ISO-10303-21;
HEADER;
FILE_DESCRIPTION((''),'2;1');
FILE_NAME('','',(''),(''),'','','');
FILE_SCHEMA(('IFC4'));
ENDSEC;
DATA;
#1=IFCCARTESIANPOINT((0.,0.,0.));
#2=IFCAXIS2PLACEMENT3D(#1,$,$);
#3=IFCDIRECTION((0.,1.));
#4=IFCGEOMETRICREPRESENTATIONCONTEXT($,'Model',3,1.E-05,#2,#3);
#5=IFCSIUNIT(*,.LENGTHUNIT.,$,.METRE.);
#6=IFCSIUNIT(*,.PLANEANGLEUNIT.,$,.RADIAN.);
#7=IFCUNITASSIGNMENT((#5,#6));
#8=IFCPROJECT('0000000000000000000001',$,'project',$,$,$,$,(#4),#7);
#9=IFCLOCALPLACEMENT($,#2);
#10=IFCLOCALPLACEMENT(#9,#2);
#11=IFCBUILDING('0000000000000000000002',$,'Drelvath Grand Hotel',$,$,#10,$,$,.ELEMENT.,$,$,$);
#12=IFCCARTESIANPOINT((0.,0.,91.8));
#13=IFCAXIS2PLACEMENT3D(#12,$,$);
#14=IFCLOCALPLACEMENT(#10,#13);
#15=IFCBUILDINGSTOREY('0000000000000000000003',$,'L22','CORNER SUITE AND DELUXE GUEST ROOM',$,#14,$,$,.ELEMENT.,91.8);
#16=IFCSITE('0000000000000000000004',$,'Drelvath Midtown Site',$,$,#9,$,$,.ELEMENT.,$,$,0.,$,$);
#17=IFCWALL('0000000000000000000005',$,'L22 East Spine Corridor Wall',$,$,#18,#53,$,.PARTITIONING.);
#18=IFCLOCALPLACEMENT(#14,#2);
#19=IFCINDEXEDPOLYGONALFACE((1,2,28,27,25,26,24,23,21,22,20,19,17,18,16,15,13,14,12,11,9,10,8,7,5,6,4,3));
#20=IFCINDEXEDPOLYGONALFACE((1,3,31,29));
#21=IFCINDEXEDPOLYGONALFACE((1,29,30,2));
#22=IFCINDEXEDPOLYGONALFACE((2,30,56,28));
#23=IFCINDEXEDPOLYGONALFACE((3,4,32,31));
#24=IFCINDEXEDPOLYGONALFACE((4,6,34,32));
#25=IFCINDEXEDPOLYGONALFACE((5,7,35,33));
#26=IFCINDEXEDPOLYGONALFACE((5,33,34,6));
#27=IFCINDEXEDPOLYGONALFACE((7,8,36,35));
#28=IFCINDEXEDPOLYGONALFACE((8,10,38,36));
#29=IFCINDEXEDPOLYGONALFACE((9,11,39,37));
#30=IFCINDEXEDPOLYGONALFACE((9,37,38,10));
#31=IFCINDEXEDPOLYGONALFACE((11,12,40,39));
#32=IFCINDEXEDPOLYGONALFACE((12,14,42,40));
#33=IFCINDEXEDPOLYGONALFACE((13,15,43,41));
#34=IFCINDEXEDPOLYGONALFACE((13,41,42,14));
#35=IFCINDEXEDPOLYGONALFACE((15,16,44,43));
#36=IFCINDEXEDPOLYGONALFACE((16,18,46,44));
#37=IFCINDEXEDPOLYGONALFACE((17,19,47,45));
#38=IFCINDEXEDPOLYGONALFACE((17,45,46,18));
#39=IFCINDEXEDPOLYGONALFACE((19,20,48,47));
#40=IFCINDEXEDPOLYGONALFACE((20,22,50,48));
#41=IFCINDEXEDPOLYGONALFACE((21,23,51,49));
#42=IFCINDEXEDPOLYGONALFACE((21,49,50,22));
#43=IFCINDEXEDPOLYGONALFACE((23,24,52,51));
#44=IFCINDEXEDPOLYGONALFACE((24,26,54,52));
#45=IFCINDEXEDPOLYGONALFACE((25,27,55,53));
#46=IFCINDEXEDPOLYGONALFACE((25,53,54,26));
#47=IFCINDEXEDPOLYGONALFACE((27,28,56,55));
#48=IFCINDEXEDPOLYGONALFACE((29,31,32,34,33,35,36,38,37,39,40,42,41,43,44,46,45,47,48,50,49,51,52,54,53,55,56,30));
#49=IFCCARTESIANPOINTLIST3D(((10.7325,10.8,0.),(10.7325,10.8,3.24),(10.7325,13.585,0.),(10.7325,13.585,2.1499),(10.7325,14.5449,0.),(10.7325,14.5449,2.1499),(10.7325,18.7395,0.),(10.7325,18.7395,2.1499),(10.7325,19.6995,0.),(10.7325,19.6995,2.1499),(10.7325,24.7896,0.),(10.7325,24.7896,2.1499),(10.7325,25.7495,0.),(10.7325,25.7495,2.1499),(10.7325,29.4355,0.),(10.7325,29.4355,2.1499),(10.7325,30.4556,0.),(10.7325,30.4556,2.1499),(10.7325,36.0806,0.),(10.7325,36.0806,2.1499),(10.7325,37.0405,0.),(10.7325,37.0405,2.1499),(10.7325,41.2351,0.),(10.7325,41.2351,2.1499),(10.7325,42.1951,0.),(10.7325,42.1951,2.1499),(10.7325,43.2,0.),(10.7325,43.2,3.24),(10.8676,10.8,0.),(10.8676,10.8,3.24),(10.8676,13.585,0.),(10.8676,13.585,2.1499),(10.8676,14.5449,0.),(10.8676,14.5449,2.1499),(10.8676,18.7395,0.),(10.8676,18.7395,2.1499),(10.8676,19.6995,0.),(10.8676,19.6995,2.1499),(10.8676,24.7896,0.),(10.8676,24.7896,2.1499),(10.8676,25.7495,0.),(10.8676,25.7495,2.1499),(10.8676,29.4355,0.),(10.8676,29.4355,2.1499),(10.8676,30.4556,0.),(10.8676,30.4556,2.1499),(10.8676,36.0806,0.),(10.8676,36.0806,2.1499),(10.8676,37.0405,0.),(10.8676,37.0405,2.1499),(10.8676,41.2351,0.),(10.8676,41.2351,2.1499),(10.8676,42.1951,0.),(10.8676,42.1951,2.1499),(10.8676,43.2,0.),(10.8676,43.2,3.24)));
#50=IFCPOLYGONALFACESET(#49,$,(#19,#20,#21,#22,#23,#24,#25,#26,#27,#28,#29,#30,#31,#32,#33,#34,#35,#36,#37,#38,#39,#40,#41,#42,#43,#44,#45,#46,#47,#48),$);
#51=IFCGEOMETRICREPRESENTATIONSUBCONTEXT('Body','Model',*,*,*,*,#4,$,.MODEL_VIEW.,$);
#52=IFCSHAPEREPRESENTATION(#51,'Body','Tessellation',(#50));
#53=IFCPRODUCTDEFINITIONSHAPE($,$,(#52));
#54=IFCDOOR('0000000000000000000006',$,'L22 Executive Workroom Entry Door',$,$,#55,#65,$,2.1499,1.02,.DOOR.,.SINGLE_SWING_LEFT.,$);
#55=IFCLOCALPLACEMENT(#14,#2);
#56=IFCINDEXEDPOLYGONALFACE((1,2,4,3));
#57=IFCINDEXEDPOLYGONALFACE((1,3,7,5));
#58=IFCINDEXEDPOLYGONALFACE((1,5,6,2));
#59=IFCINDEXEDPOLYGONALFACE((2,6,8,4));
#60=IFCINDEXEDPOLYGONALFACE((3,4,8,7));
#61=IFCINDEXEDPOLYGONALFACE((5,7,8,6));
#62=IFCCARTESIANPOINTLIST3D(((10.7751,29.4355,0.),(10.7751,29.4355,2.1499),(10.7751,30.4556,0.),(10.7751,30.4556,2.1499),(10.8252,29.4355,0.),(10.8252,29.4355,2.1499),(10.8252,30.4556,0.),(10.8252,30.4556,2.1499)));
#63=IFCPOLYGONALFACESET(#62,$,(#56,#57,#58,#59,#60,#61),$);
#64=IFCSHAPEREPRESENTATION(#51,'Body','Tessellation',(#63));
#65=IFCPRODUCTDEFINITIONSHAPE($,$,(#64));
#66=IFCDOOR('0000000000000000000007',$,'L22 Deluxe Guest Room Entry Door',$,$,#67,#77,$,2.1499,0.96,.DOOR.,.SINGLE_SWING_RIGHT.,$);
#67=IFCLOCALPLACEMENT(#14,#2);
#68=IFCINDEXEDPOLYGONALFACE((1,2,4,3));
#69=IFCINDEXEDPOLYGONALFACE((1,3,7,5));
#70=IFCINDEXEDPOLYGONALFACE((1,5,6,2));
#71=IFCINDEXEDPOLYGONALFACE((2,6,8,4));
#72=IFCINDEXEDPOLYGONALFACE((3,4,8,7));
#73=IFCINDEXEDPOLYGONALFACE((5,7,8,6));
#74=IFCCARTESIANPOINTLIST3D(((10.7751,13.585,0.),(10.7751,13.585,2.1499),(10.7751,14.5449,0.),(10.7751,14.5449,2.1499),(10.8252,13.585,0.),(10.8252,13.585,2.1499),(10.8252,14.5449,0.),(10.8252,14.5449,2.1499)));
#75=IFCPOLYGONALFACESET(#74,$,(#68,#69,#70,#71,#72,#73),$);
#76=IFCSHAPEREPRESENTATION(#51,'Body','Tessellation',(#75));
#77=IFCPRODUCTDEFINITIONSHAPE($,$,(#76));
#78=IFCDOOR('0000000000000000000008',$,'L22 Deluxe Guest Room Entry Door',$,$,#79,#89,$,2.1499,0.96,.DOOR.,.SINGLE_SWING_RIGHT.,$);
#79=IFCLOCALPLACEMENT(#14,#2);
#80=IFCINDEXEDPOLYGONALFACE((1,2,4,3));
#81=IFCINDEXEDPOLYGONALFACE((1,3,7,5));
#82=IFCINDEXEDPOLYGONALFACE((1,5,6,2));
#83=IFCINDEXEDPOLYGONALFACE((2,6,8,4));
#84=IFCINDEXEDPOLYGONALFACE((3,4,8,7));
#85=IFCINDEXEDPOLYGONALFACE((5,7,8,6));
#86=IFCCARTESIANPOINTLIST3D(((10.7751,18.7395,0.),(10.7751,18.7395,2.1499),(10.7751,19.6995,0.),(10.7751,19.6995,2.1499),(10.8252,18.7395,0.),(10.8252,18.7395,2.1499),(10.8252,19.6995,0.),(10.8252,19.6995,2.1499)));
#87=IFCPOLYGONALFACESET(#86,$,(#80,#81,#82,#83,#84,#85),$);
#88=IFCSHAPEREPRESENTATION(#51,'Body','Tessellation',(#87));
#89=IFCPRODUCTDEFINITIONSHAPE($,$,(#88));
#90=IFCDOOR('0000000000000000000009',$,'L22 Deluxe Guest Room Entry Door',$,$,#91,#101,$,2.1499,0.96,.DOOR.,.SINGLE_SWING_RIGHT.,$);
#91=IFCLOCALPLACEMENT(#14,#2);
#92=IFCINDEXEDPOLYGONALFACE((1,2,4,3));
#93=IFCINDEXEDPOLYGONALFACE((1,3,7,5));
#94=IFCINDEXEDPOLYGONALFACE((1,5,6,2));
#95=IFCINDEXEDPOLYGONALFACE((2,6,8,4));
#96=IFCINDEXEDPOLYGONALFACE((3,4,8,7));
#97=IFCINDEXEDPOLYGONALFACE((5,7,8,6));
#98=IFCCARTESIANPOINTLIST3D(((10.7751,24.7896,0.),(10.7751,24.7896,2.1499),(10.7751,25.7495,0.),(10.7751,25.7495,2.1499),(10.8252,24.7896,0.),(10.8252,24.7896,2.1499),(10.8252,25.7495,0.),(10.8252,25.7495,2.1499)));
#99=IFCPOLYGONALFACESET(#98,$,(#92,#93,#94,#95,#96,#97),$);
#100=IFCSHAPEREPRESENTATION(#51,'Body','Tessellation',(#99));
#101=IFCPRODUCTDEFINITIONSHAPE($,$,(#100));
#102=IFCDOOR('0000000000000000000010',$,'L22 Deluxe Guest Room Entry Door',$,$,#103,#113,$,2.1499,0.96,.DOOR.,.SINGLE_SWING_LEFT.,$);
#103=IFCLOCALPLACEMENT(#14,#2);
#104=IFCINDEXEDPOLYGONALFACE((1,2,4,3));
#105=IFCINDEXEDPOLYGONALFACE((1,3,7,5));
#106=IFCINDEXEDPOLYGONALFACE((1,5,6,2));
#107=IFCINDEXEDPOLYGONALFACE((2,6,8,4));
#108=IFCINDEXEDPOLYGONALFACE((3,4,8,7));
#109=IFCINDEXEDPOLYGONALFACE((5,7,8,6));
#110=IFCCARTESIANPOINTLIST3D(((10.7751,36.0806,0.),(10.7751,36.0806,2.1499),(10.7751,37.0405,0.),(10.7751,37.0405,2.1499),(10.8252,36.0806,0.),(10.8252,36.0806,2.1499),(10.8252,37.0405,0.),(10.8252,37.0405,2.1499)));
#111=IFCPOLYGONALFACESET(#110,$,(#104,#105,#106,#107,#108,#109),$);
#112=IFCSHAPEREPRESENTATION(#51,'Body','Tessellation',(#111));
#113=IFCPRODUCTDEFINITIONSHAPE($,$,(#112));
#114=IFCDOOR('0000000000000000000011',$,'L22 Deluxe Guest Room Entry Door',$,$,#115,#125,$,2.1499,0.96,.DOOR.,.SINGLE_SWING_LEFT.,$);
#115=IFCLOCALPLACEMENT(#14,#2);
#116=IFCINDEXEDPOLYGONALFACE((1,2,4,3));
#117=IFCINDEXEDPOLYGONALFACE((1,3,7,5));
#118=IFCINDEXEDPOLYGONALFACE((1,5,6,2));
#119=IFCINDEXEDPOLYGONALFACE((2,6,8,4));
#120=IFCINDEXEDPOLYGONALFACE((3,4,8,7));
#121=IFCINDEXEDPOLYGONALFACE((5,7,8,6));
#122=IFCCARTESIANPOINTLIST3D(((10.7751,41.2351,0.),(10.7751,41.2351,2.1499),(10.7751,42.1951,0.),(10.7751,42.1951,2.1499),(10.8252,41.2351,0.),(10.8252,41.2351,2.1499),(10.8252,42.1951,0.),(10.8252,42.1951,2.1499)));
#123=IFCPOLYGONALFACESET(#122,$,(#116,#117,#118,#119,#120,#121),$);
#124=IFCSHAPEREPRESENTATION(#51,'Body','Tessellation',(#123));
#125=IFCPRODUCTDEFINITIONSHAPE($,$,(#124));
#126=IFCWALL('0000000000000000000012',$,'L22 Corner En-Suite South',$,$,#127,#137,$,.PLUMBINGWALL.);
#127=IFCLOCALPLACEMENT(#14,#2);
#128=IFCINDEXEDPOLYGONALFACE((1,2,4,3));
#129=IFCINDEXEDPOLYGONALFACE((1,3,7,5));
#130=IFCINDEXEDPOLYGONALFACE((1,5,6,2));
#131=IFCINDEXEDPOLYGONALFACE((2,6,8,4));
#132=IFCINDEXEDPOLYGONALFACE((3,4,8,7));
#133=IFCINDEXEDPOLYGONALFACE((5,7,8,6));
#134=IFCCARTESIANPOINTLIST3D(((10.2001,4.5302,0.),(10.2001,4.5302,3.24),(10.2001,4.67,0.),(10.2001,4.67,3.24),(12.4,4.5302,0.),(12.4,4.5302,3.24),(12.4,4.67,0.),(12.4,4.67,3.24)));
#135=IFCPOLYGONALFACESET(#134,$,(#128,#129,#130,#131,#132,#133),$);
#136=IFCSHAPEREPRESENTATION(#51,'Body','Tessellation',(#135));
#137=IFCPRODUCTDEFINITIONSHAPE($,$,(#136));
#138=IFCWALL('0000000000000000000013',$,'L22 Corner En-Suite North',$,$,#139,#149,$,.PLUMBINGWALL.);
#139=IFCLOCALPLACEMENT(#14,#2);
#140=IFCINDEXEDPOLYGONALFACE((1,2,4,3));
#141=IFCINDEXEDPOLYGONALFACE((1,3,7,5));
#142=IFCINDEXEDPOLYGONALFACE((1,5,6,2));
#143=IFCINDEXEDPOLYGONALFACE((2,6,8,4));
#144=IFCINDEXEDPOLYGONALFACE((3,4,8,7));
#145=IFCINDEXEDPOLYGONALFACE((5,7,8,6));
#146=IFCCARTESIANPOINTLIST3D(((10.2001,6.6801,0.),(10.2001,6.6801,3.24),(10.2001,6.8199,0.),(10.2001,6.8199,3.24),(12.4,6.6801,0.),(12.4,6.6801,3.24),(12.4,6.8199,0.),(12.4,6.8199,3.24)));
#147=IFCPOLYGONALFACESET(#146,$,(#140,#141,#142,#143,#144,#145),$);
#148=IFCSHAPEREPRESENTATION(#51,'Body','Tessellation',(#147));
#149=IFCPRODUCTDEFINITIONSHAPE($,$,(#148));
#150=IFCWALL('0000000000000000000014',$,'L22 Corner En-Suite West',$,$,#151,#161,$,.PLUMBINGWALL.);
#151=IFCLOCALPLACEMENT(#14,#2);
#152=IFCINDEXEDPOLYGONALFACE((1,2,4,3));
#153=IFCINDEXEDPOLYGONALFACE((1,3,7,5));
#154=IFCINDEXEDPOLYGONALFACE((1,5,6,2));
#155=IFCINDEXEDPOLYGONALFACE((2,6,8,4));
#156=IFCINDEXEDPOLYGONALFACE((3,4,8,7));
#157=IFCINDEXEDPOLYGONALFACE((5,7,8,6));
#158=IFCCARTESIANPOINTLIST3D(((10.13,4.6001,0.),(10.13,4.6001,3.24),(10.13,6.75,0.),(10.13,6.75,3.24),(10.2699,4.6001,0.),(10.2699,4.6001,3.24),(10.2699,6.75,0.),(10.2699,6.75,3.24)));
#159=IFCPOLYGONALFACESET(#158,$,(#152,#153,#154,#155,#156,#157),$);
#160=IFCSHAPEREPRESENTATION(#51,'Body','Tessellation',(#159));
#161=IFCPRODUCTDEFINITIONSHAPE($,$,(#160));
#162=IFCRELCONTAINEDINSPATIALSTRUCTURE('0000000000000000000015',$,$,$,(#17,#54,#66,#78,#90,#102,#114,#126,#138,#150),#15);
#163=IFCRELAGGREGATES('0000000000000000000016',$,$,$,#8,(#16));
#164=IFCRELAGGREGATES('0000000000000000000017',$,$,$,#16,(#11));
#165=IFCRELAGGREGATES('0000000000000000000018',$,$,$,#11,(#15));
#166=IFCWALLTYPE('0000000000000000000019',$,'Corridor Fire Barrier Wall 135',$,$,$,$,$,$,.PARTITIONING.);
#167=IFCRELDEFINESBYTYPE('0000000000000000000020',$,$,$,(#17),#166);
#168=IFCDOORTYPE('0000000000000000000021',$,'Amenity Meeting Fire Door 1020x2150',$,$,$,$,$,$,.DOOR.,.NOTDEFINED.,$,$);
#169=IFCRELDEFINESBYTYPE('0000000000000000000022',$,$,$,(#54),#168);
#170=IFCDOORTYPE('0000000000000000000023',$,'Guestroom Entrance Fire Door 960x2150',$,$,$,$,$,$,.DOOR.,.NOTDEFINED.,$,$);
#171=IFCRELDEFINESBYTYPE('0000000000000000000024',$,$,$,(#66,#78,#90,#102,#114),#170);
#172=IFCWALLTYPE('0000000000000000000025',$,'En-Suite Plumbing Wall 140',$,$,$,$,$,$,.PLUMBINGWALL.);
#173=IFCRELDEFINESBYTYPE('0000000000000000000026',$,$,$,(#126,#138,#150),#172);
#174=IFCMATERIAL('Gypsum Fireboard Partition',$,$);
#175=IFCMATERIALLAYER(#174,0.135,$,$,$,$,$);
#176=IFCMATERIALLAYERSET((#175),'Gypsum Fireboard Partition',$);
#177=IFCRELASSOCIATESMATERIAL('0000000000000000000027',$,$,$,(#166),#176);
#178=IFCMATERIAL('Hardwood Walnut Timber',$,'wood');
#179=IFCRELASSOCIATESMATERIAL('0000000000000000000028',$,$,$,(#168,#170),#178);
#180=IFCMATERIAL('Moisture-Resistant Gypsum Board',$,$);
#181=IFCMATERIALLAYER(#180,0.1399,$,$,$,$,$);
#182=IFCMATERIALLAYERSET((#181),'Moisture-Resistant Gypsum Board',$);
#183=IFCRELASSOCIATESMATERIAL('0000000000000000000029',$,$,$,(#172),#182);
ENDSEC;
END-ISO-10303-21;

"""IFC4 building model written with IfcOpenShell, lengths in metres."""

from ifc_helpers import new_model, si_unit, direction, frame, frame_2d, origin, place, context, subcontext, project, spatial, rectangle, extrude, material, layer, layer_set, type_object, element, fill, save


model = new_model("IFC4")

# Units and contexts
model_context = context("Model", 3, precision=1e-05, world=origin(), true_north=direction((0.0, 1.0)))
body_context = subcontext(model_context, "Body", "Model", "MODEL_VIEW")
ifc_project = project(units=[si_unit("LENGTHUNIT", "METRE"), si_unit("PLANEANGLEUNIT", "RADIAN")], contexts=[model_context])

# Site, building, storey
site_placement = place(None, origin())
site = spatial("IfcSite", under=ifc_project, at=site_placement, Name="Drelvath Midtown Site", CompositionType="ELEMENT", RefElevation=0.0)
building_placement = place(site_placement, origin())
building = spatial("IfcBuilding", under=site, at=building_placement, Name="Drelvath Grand Hotel", CompositionType="ELEMENT")
storey_placement = place(building_placement, frame((0.0, 0.0, 91.8)))
storey = spatial("IfcBuildingStorey", under=building, at=storey_placement, Name="L22", Description="CORNER SUITE AND DELUXE GUEST ROOM", CompositionType="ELEMENT", Elevation=91.8)

# Shared definitions
ifc_material_1 = material(Name="Gypsum Fireboard Partition")
ifc_layer_1 = layer(ifc_material_1, 0.135)
ifc_layer_set_1 = layer_set([ifc_layer_1], Name="Gypsum Fireboard Partition")
wall_type_1 = type_object("IfcWallType", Name="Corridor Fire Barrier Wall 135", PredefinedType="PARTITIONING", material=ifc_layer_set_1)

# Wall, openings, doors
wall_1_placement = place(storey_placement, frame((10.8, 10.8, 0.0), z_axis=(0.0, 0.0, 1.0), x_axis=(0.0, 1.0, 0.0)))
wall_1 = element("IfcWall", 1, at=wall_1_placement, inside=storey, type_object=wall_type_1, Name="L22 East Spine Corridor Wall", PredefinedType="PARTITIONING", context=body_context, shape_type="SweptSolid", body=[
    extrude(rectangle(XDim=32.3999, YDim=0.135, at=frame_2d((16.2, 0.0))), origin(), (0.0, 0.0, 1.0), 3.24),
])
opening_1_placement = place(wall_1_placement, frame((2.7849, 0.0, 0.0)))
opening_1 = element("IfcOpeningElement", 2, at=opening_1_placement, cuts=wall_1, PredefinedType="OPENING", context=body_context, shape_type="SweptSolid", body=[
    extrude(rectangle(XDim=0.96, YDim=2.1499, at=frame_2d((0.48, 1.075))), frame((0.0, 0.0774, 0.0), z_axis=(0.0, -1.0, 0.0), x_axis=(1.0, 0.0, 0.0)), (0.0, 0.0, 1.0), 0.155),
])
opening_2_placement = place(wall_1_placement, frame((7.9395, 0.0, 0.0)))
opening_2 = element("IfcOpeningElement", 3, at=opening_2_placement, cuts=wall_1, PredefinedType="OPENING", context=body_context, shape_type="SweptSolid", body=[
    extrude(rectangle(XDim=0.96, YDim=2.1499, at=frame_2d((0.48, 1.075))), frame((0.0, 0.0774, 0.0), z_axis=(0.0, -1.0, 0.0), x_axis=(1.0, 0.0, 0.0)), (0.0, 0.0, 1.0), 0.155),
])
opening_3_placement = place(wall_1_placement, frame((13.9895, 0.0, 0.0)))
opening_3 = element("IfcOpeningElement", 4, at=opening_3_placement, cuts=wall_1, PredefinedType="OPENING", context=body_context, shape_type="SweptSolid", body=[
    extrude(rectangle(XDim=0.96, YDim=2.1499, at=frame_2d((0.48, 1.075))), frame((0.0, 0.0774, 0.0), z_axis=(0.0, -1.0, 0.0), x_axis=(1.0, 0.0, 0.0)), (0.0, 0.0, 1.0), 0.155),
])
opening_4_placement = place(wall_1_placement, frame((18.6355, 0.0, 0.0)))
opening_4 = element("IfcOpeningElement", 5, at=opening_4_placement, cuts=wall_1, PredefinedType="OPENING", context=body_context, shape_type="SweptSolid", body=[
    extrude(rectangle(XDim=1.02, YDim=2.1499, at=frame_2d((0.51, 1.075))), frame((0.0, 0.0774, 0.0), z_axis=(0.0, -1.0, 0.0), x_axis=(1.0, 0.0, 0.0)), (0.0, 0.0, 1.0), 0.155),
])
opening_5_placement = place(wall_1_placement, frame((25.2805, 0.0, 0.0)))
opening_5 = element("IfcOpeningElement", 6, at=opening_5_placement, cuts=wall_1, PredefinedType="OPENING", context=body_context, shape_type="SweptSolid", body=[
    extrude(rectangle(XDim=0.96, YDim=2.1499, at=frame_2d((0.48, 1.075))), frame((0.0, 0.0774, 0.0), z_axis=(0.0, -1.0, 0.0), x_axis=(1.0, 0.0, 0.0)), (0.0, 0.0, 1.0), 0.155),
])
opening_6_placement = place(wall_1_placement, frame((30.4351, 0.0, 0.0)))
opening_6 = element("IfcOpeningElement", 7, at=opening_6_placement, cuts=wall_1, PredefinedType="OPENING", context=body_context, shape_type="SweptSolid", body=[
    extrude(rectangle(XDim=0.96, YDim=2.1499, at=frame_2d((0.48, 1.075))), frame((0.0, 0.0774, 0.0), z_axis=(0.0, -1.0, 0.0), x_axis=(1.0, 0.0, 0.0)), (0.0, 0.0, 1.0), 0.155),
])
ifc_material_2 = material(Name="Hardwood Walnut Timber", Category="wood")
door_type_1 = type_object("IfcDoorType", Name="Amenity Meeting Fire Door 1020x2150", OperationType="NOTDEFINED", PredefinedType="DOOR", material=ifc_material_2)
door_1_placement = place(opening_4_placement, origin())
door_1 = element("IfcDoor", 8, at=door_1_placement, inside=storey, type_object=door_type_1, Name="L22 Executive Workroom Entry Door", OperationType="SINGLE_SWING_LEFT", OverallHeight=2.1499, OverallWidth=1.02, PredefinedType="DOOR", context=body_context, shape_type="SweptSolid", body=[
    extrude(rectangle(XDim=1.02, YDim=2.1499, at=frame_2d((0.51, 1.075))), frame((0.0, 0.0249, 0.0), z_axis=(0.0, -1.0, 0.0), x_axis=(1.0, 0.0, 0.0)), (0.0, 0.0, 1.0), 0.05),
])
fill(opening_4, door_1)
door_type_2 = type_object("IfcDoorType", Name="Guestroom Entrance Fire Door 960x2150", OperationType="NOTDEFINED", PredefinedType="DOOR", material=ifc_material_2)
door_2_placement = place(opening_1_placement, origin())
door_2 = element("IfcDoor", 9, at=door_2_placement, inside=storey, type_object=door_type_2, Name="L22 Deluxe Guest Room Entry Door", OperationType="SINGLE_SWING_RIGHT", OverallHeight=2.1499, OverallWidth=0.96, PredefinedType="DOOR", context=body_context, shape_type="SweptSolid", body=[
    extrude(rectangle(XDim=0.96, YDim=2.1499, at=frame_2d((0.48, 1.075))), frame((0.0, 0.0249, 0.0), z_axis=(0.0, -1.0, 0.0), x_axis=(1.0, 0.0, 0.0)), (0.0, 0.0, 1.0), 0.05),
])
fill(opening_1, door_2)
door_3_placement = place(opening_2_placement, origin())
door_3 = element("IfcDoor", 10, at=door_3_placement, inside=storey, type_object=door_type_2, Name="L22 Deluxe Guest Room Entry Door", OperationType="SINGLE_SWING_RIGHT", OverallHeight=2.1499, OverallWidth=0.96, PredefinedType="DOOR", context=body_context, shape_type="SweptSolid", body=[
    extrude(rectangle(XDim=0.96, YDim=2.1499, at=frame_2d((0.48, 1.075))), frame((0.0, 0.0249, 0.0), z_axis=(0.0, -1.0, 0.0), x_axis=(1.0, 0.0, 0.0)), (0.0, 0.0, 1.0), 0.05),
])
fill(opening_2, door_3)
door_4_placement = place(opening_3_placement, origin())
door_4 = element("IfcDoor", 11, at=door_4_placement, inside=storey, type_object=door_type_2, Name="L22 Deluxe Guest Room Entry Door", OperationType="SINGLE_SWING_RIGHT", OverallHeight=2.1499, OverallWidth=0.96, PredefinedType="DOOR", context=body_context, shape_type="SweptSolid", body=[
    extrude(rectangle(XDim=0.96, YDim=2.1499, at=frame_2d((0.48, 1.075))), frame((0.0, 0.0249, 0.0), z_axis=(0.0, -1.0, 0.0), x_axis=(1.0, 0.0, 0.0)), (0.0, 0.0, 1.0), 0.05),
])
fill(opening_3, door_4)
door_5_placement = place(opening_5_placement, origin())
door_5 = element("IfcDoor", 12, at=door_5_placement, inside=storey, type_object=door_type_2, Name="L22 Deluxe Guest Room Entry Door", OperationType="SINGLE_SWING_LEFT", OverallHeight=2.1499, OverallWidth=0.96, PredefinedType="DOOR", context=body_context, shape_type="SweptSolid", body=[
    extrude(rectangle(XDim=0.96, YDim=2.1499, at=frame_2d((0.48, 1.075))), frame((0.0, 0.0249, 0.0), z_axis=(0.0, -1.0, 0.0), x_axis=(1.0, 0.0, 0.0)), (0.0, 0.0, 1.0), 0.05),
])
fill(opening_5, door_5)
door_6_placement = place(opening_6_placement, origin())
door_6 = element("IfcDoor", 13, at=door_6_placement, inside=storey, type_object=door_type_2, Name="L22 Deluxe Guest Room Entry Door", OperationType="SINGLE_SWING_LEFT", OverallHeight=2.1499, OverallWidth=0.96, PredefinedType="DOOR", context=body_context, shape_type="SweptSolid", body=[
    extrude(rectangle(XDim=0.96, YDim=2.1499, at=frame_2d((0.48, 1.075))), frame((0.0, 0.0249, 0.0), z_axis=(0.0, -1.0, 0.0), x_axis=(1.0, 0.0, 0.0)), (0.0, 0.0, 1.0), 0.05),
])
fill(opening_6, door_6)

# Walls
ifc_material_3 = material(Name="Moisture-Resistant Gypsum Board")
ifc_layer_2 = layer(ifc_material_3, 0.1399)
ifc_layer_set_2 = layer_set([ifc_layer_2], Name="Moisture-Resistant Gypsum Board")
wall_type_2 = type_object("IfcWallType", Name="En-Suite Plumbing Wall 140", PredefinedType="PLUMBINGWALL", material=ifc_layer_set_2)
for number, where, z_axis, x_axis, name in (
    (14, (10.2, 4.6001, 0.0), (0.0, 0.0, 1.0), (1.0, 0.0, 0.0), "L22 Corner En-Suite South"),
    (15, (10.2, 6.75, 0.0), (0.0, 0.0, 1.0), (1.0, 0.0, 0.0), "L22 Corner En-Suite North"),
):
    element("IfcWall", number, at=place(storey_placement, frame(where, z_axis=z_axis, x_axis=x_axis)), inside=storey, type_object=wall_type_2, Name=name, PredefinedType="PLUMBINGWALL", context=body_context, shape_type="SweptSolid", body=[
        extrude(rectangle(XDim=2.2, YDim=0.1399, at=frame_2d((1.1001, 0.0))), origin(), (0.0, 0.0, 1.0), 3.24),
    ])
wall_2_placement = place(storey_placement, frame((10.2, 4.6001, 0.0), z_axis=(0.0, 0.0, 1.0), x_axis=(0.0, 1.0, 0.0)))
element("IfcWall", 16, at=wall_2_placement, inside=storey, type_object=wall_type_2, Name="L22 Corner En-Suite West", PredefinedType="PLUMBINGWALL", context=body_context, shape_type="SweptSolid", body=[
    extrude(rectangle(XDim=2.1499, YDim=0.1399, at=frame_2d((1.075, 0.0))), origin(), (0.0, 0.0, 1.0), 3.24),
])

save(model, "model.ifc")
